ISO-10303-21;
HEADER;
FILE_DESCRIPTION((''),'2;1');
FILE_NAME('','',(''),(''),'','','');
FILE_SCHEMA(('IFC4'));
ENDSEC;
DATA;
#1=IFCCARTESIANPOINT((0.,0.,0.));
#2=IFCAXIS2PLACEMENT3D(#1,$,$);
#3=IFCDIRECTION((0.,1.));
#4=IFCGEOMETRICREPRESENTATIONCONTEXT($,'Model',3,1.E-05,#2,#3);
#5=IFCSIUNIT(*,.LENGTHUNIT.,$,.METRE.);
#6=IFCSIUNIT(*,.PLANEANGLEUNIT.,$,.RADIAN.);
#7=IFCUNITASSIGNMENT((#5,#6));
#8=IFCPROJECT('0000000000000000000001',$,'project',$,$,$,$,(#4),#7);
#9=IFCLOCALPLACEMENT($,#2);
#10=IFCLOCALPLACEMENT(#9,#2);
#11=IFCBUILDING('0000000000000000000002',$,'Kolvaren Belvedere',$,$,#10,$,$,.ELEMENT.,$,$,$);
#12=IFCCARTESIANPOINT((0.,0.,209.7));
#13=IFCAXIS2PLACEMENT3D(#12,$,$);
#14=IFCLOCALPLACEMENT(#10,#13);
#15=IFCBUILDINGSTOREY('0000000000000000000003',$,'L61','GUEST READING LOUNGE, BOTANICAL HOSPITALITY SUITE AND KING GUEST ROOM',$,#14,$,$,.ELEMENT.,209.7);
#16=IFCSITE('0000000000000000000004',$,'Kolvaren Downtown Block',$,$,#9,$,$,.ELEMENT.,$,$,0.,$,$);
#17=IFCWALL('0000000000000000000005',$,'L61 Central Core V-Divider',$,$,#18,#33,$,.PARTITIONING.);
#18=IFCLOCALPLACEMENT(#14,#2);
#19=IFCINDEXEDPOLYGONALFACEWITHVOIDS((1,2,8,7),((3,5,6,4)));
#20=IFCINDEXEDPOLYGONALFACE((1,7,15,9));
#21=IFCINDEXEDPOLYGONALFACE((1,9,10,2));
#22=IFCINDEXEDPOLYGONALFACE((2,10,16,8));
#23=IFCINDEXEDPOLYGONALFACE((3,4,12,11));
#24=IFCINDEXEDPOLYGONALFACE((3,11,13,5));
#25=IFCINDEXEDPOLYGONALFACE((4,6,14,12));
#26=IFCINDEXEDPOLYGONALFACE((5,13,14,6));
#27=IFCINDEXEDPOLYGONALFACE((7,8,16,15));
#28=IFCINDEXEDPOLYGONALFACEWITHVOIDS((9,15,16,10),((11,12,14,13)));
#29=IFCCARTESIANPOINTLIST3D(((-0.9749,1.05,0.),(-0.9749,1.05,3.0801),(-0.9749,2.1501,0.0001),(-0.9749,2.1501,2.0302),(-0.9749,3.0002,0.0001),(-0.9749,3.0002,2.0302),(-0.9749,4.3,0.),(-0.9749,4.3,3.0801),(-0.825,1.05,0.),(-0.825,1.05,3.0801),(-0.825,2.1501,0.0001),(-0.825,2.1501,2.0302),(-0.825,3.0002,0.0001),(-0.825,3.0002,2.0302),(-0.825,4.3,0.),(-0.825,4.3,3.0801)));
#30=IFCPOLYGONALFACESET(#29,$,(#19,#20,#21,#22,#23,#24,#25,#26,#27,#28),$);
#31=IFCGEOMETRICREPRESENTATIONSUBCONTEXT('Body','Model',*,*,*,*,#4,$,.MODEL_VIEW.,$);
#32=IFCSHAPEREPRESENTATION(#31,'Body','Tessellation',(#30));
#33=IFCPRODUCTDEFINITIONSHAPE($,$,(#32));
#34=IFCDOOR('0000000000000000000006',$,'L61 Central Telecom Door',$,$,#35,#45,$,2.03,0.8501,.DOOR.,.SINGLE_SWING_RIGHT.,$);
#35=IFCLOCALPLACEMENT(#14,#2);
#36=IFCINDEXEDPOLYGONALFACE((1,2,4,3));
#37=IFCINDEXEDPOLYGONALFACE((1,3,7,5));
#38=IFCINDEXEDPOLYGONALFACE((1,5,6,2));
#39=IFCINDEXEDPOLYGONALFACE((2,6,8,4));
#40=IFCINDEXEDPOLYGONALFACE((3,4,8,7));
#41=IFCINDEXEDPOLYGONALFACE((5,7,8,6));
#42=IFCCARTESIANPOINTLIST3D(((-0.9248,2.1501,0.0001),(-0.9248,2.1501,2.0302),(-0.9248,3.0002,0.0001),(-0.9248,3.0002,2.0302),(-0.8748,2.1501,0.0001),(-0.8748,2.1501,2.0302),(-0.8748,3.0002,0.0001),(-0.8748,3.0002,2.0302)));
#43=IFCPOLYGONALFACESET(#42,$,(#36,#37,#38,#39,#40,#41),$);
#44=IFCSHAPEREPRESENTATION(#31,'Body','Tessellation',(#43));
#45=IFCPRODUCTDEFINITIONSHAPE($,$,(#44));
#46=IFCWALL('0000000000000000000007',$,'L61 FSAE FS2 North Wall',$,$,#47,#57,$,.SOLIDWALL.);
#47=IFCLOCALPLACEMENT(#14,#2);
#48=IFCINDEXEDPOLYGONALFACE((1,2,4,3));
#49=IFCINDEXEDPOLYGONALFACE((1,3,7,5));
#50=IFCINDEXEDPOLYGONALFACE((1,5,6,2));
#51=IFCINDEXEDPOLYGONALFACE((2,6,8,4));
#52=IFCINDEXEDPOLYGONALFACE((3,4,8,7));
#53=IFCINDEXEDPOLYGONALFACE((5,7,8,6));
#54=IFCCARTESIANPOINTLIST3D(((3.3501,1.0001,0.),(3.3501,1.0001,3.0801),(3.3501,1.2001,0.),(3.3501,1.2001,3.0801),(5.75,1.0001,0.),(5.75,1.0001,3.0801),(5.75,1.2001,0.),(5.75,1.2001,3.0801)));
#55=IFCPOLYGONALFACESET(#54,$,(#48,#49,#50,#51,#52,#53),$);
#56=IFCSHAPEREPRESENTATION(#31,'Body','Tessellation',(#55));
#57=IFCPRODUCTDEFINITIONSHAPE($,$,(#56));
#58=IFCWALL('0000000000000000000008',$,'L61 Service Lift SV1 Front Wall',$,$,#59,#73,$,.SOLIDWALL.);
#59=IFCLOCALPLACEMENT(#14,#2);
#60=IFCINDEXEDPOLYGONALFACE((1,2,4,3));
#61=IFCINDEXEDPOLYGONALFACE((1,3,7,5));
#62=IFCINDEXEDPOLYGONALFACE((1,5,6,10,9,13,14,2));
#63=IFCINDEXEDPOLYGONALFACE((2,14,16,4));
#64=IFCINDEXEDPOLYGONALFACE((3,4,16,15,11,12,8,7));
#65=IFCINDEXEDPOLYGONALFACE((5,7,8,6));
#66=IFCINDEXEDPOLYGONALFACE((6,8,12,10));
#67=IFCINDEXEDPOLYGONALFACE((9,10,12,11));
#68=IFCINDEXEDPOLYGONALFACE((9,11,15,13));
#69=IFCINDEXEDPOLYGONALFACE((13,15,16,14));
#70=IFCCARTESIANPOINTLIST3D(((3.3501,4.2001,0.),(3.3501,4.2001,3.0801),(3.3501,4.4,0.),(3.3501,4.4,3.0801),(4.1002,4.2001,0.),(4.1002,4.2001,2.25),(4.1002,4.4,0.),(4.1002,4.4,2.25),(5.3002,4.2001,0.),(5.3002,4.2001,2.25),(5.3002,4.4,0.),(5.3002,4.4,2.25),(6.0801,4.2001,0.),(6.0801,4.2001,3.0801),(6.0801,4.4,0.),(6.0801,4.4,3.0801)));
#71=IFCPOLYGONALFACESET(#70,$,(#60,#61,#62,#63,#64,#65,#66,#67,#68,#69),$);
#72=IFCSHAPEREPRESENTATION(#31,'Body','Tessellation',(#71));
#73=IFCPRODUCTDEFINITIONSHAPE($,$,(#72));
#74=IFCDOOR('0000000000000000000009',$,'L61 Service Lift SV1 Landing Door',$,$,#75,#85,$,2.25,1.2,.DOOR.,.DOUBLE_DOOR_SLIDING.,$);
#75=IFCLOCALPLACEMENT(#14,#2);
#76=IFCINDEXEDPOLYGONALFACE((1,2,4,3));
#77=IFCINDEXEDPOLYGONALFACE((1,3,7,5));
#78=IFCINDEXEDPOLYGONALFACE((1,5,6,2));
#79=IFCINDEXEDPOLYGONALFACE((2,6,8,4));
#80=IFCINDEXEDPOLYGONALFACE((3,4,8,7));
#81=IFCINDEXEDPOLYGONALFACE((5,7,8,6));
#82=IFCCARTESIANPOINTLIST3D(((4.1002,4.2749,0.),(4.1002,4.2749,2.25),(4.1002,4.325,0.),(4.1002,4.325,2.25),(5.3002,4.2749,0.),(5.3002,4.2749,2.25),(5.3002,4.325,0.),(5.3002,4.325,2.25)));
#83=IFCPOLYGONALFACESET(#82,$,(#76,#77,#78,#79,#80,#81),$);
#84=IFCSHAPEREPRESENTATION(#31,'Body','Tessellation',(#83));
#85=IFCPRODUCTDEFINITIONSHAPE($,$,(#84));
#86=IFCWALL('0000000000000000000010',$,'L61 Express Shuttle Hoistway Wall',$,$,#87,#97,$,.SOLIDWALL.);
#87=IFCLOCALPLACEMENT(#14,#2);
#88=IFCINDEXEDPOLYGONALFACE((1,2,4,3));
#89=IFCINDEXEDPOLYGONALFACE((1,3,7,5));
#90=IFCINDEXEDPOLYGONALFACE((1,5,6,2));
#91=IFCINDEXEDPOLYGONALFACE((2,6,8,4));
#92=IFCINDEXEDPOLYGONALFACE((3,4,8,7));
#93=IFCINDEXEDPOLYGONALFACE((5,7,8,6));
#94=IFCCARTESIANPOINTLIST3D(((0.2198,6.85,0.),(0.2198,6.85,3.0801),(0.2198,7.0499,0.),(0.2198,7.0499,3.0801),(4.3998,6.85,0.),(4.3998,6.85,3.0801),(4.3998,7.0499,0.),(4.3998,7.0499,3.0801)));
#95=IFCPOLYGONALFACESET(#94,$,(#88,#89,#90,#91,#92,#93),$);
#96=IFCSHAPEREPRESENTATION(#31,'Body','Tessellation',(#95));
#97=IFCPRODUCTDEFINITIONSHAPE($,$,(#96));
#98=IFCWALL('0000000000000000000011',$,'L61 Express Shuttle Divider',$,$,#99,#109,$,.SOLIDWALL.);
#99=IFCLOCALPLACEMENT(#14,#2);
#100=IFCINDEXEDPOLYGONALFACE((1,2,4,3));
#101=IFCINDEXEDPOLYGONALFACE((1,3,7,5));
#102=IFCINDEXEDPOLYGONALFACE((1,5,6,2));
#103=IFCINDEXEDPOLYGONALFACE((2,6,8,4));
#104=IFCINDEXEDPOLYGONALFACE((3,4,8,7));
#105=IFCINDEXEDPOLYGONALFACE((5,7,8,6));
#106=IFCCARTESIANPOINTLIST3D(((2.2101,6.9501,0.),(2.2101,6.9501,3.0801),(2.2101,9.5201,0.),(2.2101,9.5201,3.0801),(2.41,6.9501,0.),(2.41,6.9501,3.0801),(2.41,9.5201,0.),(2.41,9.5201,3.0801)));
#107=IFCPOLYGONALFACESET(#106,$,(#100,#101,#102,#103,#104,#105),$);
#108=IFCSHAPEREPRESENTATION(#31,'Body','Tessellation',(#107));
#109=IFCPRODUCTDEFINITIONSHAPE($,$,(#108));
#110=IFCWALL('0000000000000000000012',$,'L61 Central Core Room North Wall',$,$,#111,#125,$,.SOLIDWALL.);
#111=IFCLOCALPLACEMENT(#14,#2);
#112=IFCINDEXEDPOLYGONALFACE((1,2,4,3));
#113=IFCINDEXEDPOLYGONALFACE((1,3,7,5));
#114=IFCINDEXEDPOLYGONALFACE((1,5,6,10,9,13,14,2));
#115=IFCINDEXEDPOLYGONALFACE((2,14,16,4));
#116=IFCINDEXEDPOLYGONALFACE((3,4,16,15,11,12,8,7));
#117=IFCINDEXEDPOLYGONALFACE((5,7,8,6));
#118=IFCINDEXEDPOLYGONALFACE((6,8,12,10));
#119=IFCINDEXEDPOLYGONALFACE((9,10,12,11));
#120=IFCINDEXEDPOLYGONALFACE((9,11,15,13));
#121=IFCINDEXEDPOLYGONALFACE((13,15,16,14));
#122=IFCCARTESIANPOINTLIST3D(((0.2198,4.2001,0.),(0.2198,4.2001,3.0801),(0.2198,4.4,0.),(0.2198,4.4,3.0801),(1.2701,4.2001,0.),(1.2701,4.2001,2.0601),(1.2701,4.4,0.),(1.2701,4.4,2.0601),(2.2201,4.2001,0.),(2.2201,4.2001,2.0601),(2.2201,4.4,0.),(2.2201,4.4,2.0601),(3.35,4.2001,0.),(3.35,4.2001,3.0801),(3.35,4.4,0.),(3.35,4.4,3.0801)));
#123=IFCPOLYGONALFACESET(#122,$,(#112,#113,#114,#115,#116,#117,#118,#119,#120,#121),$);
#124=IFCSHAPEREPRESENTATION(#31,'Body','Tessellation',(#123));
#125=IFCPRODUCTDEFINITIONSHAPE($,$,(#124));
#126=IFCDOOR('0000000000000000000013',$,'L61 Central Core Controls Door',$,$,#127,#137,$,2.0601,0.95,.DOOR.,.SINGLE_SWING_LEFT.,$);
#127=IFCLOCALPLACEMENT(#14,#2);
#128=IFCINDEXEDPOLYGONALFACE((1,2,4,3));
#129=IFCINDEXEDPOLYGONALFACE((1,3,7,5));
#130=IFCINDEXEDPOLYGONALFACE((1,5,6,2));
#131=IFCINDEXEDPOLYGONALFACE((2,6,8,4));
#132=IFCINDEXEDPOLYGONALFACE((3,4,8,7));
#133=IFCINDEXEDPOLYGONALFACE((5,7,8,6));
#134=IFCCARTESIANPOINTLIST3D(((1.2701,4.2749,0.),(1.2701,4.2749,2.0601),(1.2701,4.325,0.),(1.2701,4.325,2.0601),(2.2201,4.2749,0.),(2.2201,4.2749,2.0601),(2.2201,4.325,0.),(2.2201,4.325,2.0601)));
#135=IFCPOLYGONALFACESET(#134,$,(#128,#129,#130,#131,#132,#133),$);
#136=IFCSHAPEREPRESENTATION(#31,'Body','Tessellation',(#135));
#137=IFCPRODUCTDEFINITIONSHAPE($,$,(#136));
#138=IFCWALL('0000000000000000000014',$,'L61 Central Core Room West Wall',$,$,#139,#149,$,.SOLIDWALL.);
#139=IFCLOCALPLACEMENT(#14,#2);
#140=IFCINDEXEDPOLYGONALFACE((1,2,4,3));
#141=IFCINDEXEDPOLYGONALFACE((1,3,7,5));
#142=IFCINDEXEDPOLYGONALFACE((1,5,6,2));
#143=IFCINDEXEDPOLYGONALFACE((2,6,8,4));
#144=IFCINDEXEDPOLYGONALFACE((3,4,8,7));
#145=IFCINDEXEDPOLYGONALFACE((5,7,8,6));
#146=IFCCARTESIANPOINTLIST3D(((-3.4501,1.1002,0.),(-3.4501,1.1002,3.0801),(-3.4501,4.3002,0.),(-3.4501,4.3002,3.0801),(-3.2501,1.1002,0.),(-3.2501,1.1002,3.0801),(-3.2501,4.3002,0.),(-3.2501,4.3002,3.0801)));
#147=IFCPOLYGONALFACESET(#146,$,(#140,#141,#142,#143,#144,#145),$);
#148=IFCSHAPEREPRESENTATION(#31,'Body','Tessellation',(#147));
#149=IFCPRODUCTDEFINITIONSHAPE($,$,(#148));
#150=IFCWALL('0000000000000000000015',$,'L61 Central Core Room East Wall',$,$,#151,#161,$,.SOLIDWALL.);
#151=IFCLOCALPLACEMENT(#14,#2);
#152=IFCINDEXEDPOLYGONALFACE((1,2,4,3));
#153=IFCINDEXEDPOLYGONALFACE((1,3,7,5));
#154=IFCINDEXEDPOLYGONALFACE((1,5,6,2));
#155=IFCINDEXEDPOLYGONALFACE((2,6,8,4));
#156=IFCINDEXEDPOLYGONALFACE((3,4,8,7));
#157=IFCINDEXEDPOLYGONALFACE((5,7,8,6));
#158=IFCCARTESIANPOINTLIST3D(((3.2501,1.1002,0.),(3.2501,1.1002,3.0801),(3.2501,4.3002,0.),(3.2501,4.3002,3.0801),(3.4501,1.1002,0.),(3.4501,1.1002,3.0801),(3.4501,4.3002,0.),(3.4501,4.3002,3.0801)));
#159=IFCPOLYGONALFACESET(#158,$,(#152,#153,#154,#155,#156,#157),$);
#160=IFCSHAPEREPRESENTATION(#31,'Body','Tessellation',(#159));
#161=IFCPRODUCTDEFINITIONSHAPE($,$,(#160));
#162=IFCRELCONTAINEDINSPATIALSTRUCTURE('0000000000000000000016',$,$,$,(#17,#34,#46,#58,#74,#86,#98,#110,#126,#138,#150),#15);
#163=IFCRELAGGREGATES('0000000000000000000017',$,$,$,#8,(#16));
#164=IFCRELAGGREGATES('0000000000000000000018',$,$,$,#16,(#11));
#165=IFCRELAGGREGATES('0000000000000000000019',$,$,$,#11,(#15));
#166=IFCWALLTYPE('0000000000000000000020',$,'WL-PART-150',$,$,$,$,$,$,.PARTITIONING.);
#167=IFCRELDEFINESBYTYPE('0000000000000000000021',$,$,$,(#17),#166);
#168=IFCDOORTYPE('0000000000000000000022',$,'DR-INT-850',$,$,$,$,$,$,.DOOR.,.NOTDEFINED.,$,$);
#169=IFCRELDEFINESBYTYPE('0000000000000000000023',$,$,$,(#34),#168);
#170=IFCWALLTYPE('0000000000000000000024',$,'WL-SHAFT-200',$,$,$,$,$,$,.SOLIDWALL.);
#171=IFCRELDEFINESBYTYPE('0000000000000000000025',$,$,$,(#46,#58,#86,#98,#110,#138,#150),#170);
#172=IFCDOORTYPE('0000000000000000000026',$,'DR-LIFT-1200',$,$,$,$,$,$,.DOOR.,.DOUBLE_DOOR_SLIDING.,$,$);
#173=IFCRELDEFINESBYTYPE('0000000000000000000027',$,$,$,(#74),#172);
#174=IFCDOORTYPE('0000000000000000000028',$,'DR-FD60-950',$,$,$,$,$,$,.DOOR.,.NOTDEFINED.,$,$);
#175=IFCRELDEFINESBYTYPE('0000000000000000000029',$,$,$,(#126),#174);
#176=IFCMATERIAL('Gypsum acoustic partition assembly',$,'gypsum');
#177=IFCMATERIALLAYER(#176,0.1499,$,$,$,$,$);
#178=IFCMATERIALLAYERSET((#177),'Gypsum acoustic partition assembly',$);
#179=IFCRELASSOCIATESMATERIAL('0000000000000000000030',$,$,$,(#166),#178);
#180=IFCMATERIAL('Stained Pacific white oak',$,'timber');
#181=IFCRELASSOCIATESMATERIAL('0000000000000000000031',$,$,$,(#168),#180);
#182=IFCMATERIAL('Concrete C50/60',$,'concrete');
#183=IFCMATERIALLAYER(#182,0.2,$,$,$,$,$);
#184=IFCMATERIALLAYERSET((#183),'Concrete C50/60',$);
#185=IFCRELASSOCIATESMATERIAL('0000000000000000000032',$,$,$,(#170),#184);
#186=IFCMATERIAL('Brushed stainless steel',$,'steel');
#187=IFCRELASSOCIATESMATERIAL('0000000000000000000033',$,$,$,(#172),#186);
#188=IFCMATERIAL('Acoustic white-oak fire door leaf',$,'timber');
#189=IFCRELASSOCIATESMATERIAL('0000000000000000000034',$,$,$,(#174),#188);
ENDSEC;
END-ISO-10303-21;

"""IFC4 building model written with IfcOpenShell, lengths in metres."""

from ifc_helpers import new_model, si_unit, direction, frame, frame_2d, origin, place, context, subcontext, project, spatial, rectangle, extrude, material, layer, layer_set, type_object, element, fill, save


model = new_model("IFC4")

# Units and contexts
model_context = context("Model", 3, precision=1e-05, world=origin(), true_north=direction((0.0, 1.0)))
body_context = subcontext(model_context, "Body", "Model", "MODEL_VIEW")
ifc_project = project(units=[si_unit("LENGTHUNIT", "METRE"), si_unit("PLANEANGLEUNIT", "RADIAN")], contexts=[model_context])

# Site, building, storey
site_placement = place(None, origin())
site = spatial("IfcSite", under=ifc_project, at=site_placement, Name="Kolvaren Downtown Block", CompositionType="ELEMENT", RefElevation=0.0)
building_placement = place(site_placement, origin())
building = spatial("IfcBuilding", under=site, at=building_placement, Name="Kolvaren Belvedere", CompositionType="ELEMENT")
storey_placement = place(building_placement, frame((0.0, 0.0, 209.7)))
storey = spatial("IfcBuildingStorey", under=building, at=storey_placement, Name="L61", Description="GUEST READING LOUNGE, BOTANICAL HOSPITALITY SUITE AND KING GUEST ROOM", CompositionType="ELEMENT", Elevation=209.7)

# Shared definitions
ifc_material_1 = material(Name="Gypsum acoustic partition assembly", Category="gypsum")
ifc_layer_1 = layer(ifc_material_1, 0.1499)
ifc_layer_set_1 = layer_set([ifc_layer_1], Name="Gypsum acoustic partition assembly")
wall_type_1 = type_object("IfcWallType", Name="WL-PART-150", PredefinedType="PARTITIONING", material=ifc_layer_set_1)

# Shared definitions
ifc_material_2 = material(Name="Stained Pacific white oak", Category="timber")
door_type_1 = type_object("IfcDoorType", Name="DR-INT-850", OperationType="NOTDEFINED", PredefinedType="DOOR", material=ifc_material_2)

# Wall, opening, door
wall_1_placement = place(storey_placement, frame((-0.8999, 1.05, 0.0), z_axis=(0.0, 0.0, 1.0), x_axis=(0.0, 1.0, 0.0)))
wall_1 = element("IfcWall", 1, at=wall_1_placement, inside=storey, type_object=wall_type_1, Name="L61 Central Core V-Divider", PredefinedType="PARTITIONING", context=body_context, shape_type="SweptSolid", body=[
    extrude(rectangle(XDim=3.25, YDim=0.1499, at=frame_2d((1.625, 0.0))), origin(), (0.0, 0.0, 1.0), 3.0801),
])
opening_1_placement = place(wall_1_placement, frame((1.1001, 0.0, 0.0)))
opening_1 = element("IfcOpeningElement", 2, at=opening_1_placement, cuts=wall_1, PredefinedType="OPENING", context=body_context, shape_type="SweptSolid", body=[
    extrude(rectangle(XDim=0.8501, YDim=2.03, at=frame_2d((0.425, 1.0151))), frame((0.0, 0.085, 0.0), z_axis=(0.0, -1.0, 0.0), x_axis=(1.0, 0.0, 0.0)), (0.0, 0.0, 1.0), 0.1699),
])
door_1_placement = place(opening_1_placement, origin())
door_1 = element("IfcDoor", 3, at=door_1_placement, inside=storey, type_object=door_type_1, Name="L61 Central Telecom Door", OperationType="SINGLE_SWING_RIGHT", OverallHeight=2.03, OverallWidth=0.8501, PredefinedType="DOOR", context=body_context, shape_type="SweptSolid", body=[
    extrude(rectangle(XDim=0.8501, YDim=2.03, at=frame_2d((0.425, 1.0151))), frame((0.0, 0.0249, 0.0), z_axis=(0.0, -1.0, 0.0), x_axis=(1.0, 0.0, 0.0)), (0.0, 0.0, 1.0), 0.05),
])
fill(opening_1, door_1)

# Wall
ifc_material_3 = material(Name="Concrete C50/60", Category="concrete")
ifc_layer_2 = layer(ifc_material_3, 0.2)
ifc_layer_set_2 = layer_set([ifc_layer_2], Name="Concrete C50/60")
wall_type_2 = type_object("IfcWallType", Name="WL-SHAFT-200", PredefinedType="SOLIDWALL", material=ifc_layer_set_2)
wall_2_placement = place(storey_placement, frame((3.3501, 1.1001, 0.0), z_axis=(0.0, 0.0, 1.0), x_axis=(1.0, 0.0, 0.0)))
element("IfcWall", 4, at=wall_2_placement, inside=storey, type_object=wall_type_2, Name="L61 FSAE FS2 North Wall", PredefinedType="SOLIDWALL", context=body_context, shape_type="SweptSolid", body=[
    extrude(rectangle(XDim=2.3999, YDim=0.2, at=frame_2d((1.2, 0.0))), origin(), (0.0, 0.0, 1.0), 3.0801),
])

# Wall, opening, door
wall_3_placement = place(storey_placement, frame((3.3501, 4.3, 0.0), z_axis=(0.0, 0.0, 1.0), x_axis=(1.0, 0.0, 0.0)))
wall_3 = element("IfcWall", 5, at=wall_3_placement, inside=storey, type_object=wall_type_2, Name="L61 Service Lift SV1 Front Wall", PredefinedType="SOLIDWALL", context=body_context, shape_type="SweptSolid", body=[
    extrude(rectangle(XDim=2.73, YDim=0.2, at=frame_2d((1.365, 0.0))), origin(), (0.0, 0.0, 1.0), 3.0801),
])
opening_2_placement = place(wall_3_placement, frame((0.75, 0.0, 0.0)))
opening_2 = element("IfcOpeningElement", 6, at=opening_2_placement, cuts=wall_3, PredefinedType="OPENING", context=body_context, shape_type="SweptSolid", body=[
    extrude(rectangle(XDim=1.2, YDim=2.25, at=frame_2d((0.6001, 1.125))), frame((0.0, 0.1099, 0.0), z_axis=(0.0, -1.0, 0.0), x_axis=(1.0, 0.0, 0.0)), (0.0, 0.0, 1.0), 0.22),
])
ifc_material_4 = material(Name="Brushed stainless steel", Category="steel")
door_type_2 = type_object("IfcDoorType", Name="DR-LIFT-1200", OperationType="DOUBLE_DOOR_SLIDING", PredefinedType="DOOR", material=ifc_material_4)
door_2_placement = place(opening_2_placement, origin())
door_2 = element("IfcDoor", 7, at=door_2_placement, inside=storey, type_object=door_type_2, Name="L61 Service Lift SV1 Landing Door", OperationType="DOUBLE_DOOR_SLIDING", OverallHeight=2.25, OverallWidth=1.2, PredefinedType="DOOR", context=body_context, shape_type="SweptSolid", body=[
    extrude(rectangle(XDim=1.2, YDim=2.25, at=frame_2d((0.6001, 1.125))), frame((0.0, 0.0249, 0.0), z_axis=(0.0, -1.0, 0.0), x_axis=(1.0, 0.0, 0.0)), (0.0, 0.0, 1.0), 0.05),
])
fill(opening_2, door_2)

# Walls
wall_4_placement = place(storey_placement, frame((0.22, 6.95, 0.0), z_axis=(0.0, 0.0, 1.0), x_axis=(1.0, 0.0, 0.0)))
element("IfcWall", 8, at=wall_4_placement, inside=storey, type_object=wall_type_2, Name="L61 Express Shuttle Hoistway Wall", PredefinedType="SOLIDWALL", context=body_context, shape_type="SweptSolid", body=[
    extrude(rectangle(XDim=4.1799, YDim=0.2, at=frame_2d((2.0898, 0.0))), origin(), (0.0, 0.0, 1.0), 3.0801),
])
wall_5_placement = place(storey_placement, frame((2.3101, 6.95, 0.0), z_axis=(0.0, 0.0, 1.0), x_axis=(0.0, 1.0, 0.0)))
element("IfcWall", 9, at=wall_5_placement, inside=storey, type_object=wall_type_2, Name="L61 Express Shuttle Divider", PredefinedType="SOLIDWALL", context=body_context, shape_type="SweptSolid", body=[
    extrude(rectangle(XDim=2.5701, YDim=0.2, at=frame_2d((1.2852, 0.0))), origin(), (0.0, 0.0, 1.0), 3.0801),
])

# Wall, opening, door
wall_6_placement = place(storey_placement, frame((0.22, 4.3, 0.0), z_axis=(0.0, 0.0, 1.0), x_axis=(1.0, 0.0, 0.0)))
wall_6 = element("IfcWall", 10, at=wall_6_placement, inside=storey, type_object=wall_type_2, Name="L61 Central Core Room North Wall", PredefinedType="SOLIDWALL", context=body_context, shape_type="SweptSolid", body=[
    extrude(rectangle(XDim=3.1301, YDim=0.2, at=frame_2d((1.5649, 0.0))), origin(), (0.0, 0.0, 1.0), 3.0801),
])
opening_3_placement = place(wall_6_placement, frame((1.05, 0.0, 0.0)))
opening_3 = element("IfcOpeningElement", 11, at=opening_3_placement, cuts=wall_6, PredefinedType="OPENING", context=body_context, shape_type="SweptSolid", body=[
    extrude(rectangle(XDim=0.95, YDim=2.0601, at=frame_2d((0.4751, 1.03))), frame((0.0, 0.1099, 0.0), z_axis=(0.0, -1.0, 0.0), x_axis=(1.0, 0.0, 0.0)), (0.0, 0.0, 1.0), 0.22),
])
ifc_material_5 = material(Name="Acoustic white-oak fire door leaf", Category="timber")
door_type_3 = type_object("IfcDoorType", Name="DR-FD60-950", OperationType="NOTDEFINED", PredefinedType="DOOR", material=ifc_material_5)
door_3_placement = place(opening_3_placement, origin())
door_3 = element("IfcDoor", 12, at=door_3_placement, inside=storey, type_object=door_type_3, Name="L61 Central Core Controls Door", OperationType="SINGLE_SWING_LEFT", OverallHeight=2.0601, OverallWidth=0.95, PredefinedType="DOOR", context=body_context, shape_type="SweptSolid", body=[
    extrude(rectangle(XDim=0.95, YDim=2.0601, at=frame_2d((0.4751, 1.03))), frame((0.0, 0.0249, 0.0), z_axis=(0.0, -1.0, 0.0), x_axis=(1.0, 0.0, 0.0)), (0.0, 0.0, 1.0), 0.05),
])
fill(opening_3, door_3)

# Walls
for number, where, z_axis, x_axis, name in (
    (13, (-3.3501, 1.1001, 0.0), (0.0, 0.0, 1.0), (0.0, 1.0, 0.0), "L61 Central Core Room West Wall"),
    (14, (3.3501, 1.1001, 0.0), (0.0, 0.0, 1.0), (0.0, 1.0, 0.0), "L61 Central Core Room East Wall"),
):
    element("IfcWall", number, at=place(storey_placement, frame(where, z_axis=z_axis, x_axis=x_axis)), inside=storey, type_object=wall_type_2, Name=name, PredefinedType="SOLIDWALL", context=body_context, shape_type="SweptSolid", body=[
        extrude(rectangle(XDim=3.2, YDim=0.2, at=frame_2d((1.6001, 0.0))), origin(), (0.0, 0.0, 1.0), 3.0801),
    ])

save(model, "model.ifc")
